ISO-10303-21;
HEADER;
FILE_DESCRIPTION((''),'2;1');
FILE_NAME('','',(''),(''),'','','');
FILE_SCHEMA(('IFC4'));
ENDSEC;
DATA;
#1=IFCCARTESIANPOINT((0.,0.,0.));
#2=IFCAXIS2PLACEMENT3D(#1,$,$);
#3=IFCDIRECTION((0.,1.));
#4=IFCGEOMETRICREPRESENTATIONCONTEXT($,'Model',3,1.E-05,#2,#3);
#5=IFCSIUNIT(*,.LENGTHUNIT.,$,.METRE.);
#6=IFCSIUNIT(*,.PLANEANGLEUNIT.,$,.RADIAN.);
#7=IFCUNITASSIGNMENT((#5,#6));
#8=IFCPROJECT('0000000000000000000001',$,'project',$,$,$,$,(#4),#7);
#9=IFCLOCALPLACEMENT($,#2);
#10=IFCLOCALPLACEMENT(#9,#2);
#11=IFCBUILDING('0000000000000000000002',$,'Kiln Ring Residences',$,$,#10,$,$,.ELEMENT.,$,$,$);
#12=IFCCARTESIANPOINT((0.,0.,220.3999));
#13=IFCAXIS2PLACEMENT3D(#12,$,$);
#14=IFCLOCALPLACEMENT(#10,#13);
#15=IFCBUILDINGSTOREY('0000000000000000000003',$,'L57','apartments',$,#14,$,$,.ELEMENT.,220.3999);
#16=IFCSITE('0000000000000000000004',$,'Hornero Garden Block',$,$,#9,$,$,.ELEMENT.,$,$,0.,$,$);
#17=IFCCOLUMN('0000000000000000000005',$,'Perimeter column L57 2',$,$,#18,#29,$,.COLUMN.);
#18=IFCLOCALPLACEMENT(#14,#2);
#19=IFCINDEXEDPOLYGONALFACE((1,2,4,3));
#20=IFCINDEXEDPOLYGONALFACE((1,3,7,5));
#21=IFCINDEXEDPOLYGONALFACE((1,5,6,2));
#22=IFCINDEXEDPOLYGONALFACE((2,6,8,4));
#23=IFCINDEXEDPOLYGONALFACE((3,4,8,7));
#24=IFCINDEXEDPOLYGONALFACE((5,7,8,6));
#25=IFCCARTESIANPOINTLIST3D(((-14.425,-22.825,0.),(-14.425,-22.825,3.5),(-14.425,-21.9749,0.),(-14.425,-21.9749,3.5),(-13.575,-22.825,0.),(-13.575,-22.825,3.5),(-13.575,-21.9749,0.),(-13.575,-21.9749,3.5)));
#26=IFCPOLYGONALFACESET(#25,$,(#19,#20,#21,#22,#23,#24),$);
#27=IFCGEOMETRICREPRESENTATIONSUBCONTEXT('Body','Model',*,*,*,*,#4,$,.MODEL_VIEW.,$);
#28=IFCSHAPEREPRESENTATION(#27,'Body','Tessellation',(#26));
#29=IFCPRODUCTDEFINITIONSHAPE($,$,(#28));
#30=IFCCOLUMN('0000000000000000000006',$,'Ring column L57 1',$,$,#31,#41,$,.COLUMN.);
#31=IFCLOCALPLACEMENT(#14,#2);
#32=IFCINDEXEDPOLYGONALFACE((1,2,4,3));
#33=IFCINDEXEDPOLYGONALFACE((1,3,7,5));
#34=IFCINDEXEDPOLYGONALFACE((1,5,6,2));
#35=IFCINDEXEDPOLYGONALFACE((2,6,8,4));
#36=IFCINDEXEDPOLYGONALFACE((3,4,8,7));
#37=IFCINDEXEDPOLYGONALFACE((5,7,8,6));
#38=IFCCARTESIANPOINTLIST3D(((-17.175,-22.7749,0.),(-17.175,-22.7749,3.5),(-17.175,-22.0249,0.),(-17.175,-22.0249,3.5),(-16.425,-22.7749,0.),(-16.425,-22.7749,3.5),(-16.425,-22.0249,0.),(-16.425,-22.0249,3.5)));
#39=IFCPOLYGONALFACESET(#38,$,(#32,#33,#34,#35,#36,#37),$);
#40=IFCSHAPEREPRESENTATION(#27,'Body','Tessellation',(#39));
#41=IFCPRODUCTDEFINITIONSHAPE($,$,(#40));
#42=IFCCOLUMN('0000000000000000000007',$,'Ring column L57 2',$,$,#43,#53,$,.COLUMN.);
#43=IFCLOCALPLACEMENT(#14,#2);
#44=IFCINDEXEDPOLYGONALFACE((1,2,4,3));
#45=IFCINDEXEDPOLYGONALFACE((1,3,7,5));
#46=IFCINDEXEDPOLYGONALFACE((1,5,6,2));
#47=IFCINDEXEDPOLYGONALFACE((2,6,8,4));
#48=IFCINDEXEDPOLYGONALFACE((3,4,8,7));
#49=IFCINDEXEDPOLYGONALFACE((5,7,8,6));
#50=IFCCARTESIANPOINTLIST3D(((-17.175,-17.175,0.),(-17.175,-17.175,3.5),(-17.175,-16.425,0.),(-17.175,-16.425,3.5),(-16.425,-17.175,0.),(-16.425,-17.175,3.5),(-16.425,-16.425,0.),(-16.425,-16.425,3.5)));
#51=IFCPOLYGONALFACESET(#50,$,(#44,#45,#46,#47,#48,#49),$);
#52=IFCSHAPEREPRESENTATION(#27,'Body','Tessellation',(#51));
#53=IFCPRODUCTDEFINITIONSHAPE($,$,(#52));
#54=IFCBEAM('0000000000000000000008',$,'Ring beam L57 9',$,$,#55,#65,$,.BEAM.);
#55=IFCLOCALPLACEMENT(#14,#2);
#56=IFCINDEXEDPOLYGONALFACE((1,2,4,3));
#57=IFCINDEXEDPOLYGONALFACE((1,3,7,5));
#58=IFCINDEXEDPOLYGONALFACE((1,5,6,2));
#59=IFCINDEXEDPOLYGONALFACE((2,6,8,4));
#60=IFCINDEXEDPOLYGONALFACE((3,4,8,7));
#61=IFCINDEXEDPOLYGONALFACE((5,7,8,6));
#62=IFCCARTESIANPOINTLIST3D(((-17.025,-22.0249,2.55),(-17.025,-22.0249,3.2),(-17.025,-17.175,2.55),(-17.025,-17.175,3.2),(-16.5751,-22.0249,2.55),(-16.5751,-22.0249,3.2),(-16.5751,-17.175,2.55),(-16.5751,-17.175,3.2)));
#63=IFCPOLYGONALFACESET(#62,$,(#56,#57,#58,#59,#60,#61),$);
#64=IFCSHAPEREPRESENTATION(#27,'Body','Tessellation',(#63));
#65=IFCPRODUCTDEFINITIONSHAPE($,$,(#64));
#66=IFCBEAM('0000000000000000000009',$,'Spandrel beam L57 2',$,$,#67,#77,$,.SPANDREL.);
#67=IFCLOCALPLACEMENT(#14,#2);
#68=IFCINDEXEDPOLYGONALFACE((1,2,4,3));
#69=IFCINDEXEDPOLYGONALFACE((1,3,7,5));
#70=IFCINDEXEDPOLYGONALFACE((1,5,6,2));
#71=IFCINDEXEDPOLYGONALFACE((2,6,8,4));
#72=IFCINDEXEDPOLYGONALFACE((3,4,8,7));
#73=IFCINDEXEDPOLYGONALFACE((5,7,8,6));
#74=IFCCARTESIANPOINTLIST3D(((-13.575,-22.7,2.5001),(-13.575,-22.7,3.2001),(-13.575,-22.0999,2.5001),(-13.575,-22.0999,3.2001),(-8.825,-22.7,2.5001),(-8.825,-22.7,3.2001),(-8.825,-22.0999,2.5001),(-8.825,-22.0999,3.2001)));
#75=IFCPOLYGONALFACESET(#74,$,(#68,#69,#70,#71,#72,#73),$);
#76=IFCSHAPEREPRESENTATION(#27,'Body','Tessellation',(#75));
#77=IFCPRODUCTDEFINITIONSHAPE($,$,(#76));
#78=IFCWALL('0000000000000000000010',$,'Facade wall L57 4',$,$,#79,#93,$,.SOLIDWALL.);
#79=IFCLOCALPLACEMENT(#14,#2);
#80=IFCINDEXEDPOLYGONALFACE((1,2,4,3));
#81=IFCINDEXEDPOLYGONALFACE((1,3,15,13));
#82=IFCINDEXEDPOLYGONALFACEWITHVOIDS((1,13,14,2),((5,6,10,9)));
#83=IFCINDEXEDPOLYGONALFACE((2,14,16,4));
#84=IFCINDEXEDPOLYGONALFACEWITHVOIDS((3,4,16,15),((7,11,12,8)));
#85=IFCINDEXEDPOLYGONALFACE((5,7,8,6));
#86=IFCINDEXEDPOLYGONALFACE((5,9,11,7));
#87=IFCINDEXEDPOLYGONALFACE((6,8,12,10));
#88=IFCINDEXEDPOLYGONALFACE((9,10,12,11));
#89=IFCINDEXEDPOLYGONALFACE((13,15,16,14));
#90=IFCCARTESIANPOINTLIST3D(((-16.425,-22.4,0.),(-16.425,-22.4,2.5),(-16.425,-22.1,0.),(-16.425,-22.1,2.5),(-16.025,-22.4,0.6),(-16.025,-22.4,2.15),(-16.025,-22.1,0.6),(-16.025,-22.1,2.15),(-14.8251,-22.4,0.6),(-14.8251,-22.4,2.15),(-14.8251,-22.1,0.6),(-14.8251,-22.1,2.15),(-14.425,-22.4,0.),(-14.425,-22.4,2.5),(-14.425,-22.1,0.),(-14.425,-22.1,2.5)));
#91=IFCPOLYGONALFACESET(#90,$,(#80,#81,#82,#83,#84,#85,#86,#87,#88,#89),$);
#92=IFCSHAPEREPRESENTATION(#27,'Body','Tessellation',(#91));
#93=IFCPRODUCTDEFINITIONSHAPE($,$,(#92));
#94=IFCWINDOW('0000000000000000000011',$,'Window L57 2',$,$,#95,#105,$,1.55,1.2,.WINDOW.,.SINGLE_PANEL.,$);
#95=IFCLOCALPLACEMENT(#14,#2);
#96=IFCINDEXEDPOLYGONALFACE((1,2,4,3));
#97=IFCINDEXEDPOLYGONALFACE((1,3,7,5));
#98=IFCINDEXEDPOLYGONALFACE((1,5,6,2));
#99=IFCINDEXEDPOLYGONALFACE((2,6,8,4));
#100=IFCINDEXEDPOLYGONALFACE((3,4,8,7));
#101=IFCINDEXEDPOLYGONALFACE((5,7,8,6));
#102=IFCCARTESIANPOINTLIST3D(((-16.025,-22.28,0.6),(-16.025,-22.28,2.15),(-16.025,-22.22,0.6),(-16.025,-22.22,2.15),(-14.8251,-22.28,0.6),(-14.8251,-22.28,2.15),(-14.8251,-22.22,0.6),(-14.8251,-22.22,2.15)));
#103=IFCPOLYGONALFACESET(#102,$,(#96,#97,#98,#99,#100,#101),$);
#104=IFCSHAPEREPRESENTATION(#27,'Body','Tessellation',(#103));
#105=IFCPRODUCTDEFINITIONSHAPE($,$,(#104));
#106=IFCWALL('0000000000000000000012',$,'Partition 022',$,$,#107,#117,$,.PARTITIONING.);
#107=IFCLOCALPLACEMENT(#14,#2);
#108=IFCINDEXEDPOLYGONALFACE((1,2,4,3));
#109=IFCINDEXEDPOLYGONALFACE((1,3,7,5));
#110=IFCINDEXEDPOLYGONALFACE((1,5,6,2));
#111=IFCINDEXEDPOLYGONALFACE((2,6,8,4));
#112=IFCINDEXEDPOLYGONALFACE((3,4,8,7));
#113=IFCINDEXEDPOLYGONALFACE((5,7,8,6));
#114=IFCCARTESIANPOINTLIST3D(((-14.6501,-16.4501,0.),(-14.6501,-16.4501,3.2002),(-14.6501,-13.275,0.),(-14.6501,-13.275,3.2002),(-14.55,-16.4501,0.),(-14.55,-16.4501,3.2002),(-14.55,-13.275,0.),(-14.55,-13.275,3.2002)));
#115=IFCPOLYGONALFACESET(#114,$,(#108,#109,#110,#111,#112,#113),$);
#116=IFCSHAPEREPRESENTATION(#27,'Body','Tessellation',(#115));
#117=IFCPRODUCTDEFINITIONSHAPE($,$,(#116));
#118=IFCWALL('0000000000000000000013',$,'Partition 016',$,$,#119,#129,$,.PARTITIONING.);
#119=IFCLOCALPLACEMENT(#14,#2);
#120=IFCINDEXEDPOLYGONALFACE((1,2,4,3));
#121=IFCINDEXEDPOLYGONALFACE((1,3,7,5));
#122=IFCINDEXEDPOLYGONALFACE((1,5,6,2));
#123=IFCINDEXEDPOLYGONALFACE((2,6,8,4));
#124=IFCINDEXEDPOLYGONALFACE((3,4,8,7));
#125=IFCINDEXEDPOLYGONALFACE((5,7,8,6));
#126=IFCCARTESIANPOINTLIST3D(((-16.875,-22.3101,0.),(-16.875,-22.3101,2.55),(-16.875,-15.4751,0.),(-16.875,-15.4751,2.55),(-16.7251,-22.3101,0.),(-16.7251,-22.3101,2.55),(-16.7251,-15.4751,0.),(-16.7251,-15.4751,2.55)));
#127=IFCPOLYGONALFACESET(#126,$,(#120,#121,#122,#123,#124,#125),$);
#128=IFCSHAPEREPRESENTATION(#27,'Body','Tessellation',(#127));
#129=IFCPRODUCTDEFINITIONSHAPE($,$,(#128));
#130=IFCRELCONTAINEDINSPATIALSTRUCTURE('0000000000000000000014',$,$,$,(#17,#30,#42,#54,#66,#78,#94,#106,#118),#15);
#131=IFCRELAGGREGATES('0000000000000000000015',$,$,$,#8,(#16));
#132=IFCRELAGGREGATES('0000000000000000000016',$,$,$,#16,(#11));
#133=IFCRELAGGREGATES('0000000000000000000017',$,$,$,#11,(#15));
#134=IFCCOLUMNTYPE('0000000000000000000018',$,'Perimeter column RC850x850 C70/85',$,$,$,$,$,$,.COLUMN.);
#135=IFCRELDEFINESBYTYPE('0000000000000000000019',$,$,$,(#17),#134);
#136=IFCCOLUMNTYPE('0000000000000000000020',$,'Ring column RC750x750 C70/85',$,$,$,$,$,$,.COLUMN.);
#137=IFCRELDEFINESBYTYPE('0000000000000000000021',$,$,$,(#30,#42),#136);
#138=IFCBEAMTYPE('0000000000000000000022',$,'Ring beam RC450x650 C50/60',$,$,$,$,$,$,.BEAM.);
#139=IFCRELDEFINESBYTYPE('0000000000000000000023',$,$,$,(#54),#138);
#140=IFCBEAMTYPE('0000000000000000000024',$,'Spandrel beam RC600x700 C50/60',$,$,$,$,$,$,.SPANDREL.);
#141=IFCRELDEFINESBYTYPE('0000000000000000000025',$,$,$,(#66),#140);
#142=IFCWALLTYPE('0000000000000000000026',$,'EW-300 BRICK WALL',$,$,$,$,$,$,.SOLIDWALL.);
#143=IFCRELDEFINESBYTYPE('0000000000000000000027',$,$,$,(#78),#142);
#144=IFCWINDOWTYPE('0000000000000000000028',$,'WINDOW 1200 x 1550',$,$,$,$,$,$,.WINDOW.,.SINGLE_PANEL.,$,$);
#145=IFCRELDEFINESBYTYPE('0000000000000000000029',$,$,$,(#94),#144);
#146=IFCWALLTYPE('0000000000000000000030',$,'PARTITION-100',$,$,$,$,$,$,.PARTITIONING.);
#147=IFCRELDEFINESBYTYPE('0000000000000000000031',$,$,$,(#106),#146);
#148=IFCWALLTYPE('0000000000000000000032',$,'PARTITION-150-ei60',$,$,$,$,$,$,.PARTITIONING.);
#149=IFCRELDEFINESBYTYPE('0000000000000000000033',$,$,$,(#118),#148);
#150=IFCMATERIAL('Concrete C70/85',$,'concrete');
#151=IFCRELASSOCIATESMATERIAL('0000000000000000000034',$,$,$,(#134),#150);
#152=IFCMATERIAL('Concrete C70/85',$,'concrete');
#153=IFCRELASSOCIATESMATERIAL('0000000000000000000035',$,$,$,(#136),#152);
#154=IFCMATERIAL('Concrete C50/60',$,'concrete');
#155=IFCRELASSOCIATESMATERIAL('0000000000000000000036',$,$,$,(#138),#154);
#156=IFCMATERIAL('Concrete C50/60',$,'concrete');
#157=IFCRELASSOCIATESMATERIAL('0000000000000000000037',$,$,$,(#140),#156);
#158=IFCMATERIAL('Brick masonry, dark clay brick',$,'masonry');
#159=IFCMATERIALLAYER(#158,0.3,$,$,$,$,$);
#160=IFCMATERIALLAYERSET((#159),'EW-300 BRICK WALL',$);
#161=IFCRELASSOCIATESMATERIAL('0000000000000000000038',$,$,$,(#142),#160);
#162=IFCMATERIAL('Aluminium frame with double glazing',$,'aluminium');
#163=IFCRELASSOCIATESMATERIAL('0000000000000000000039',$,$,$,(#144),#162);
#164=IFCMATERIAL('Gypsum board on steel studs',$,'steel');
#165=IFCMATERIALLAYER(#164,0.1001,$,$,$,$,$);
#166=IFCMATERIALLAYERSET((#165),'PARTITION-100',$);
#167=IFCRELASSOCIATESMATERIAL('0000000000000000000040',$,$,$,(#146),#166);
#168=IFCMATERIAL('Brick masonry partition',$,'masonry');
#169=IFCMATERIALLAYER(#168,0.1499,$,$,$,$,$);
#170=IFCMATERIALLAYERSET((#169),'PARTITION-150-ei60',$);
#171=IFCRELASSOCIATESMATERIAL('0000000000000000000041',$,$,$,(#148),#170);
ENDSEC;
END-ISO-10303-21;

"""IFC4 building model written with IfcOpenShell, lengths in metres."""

from ifc_helpers import new_model, si_unit, direction, frame, frame_2d, origin, origin_2d, place, context, subcontext, project, spatial, rectangle, extrude, material, layer, layer_set, material_profile, profile_set, type_object, element, fill, save


model = new_model("IFC4")

# Units and contexts
model_context = context("Model", 3, precision=1e-05, world=origin(), true_north=direction((0.0, 1.0)))
body_context = subcontext(model_context, "Body", "Model", "MODEL_VIEW")
ifc_project = project(units=[si_unit("LENGTHUNIT", "METRE"), si_unit("PLANEANGLEUNIT", "RADIAN")], contexts=[model_context])

# Site, building, storey
site_placement = place(None, origin())
site = spatial("IfcSite", under=ifc_project, at=site_placement, Name="Hornero Garden Block", CompositionType="ELEMENT", RefElevation=0.0)
building_placement = place(site_placement, origin())
building = spatial("IfcBuilding", under=site, at=building_placement, Name="Kiln Ring Residences", CompositionType="ELEMENT")
storey_placement = place(building_placement, frame((0.0, 0.0, 220.3999)))
storey = spatial("IfcBuildingStorey", under=building, at=storey_placement, Name="L57", Description="apartments", CompositionType="ELEMENT", Elevation=220.3999)

# Columns
ifc_material_1 = material(Name="Concrete C70/85", Category="concrete")
ifc_material_profile_1 = material_profile(ifc_material_1, rectangle(XDim=0.8501, YDim=0.8501, at=origin_2d()), Name="RC850x850")
ifc_profile_set_1 = profile_set([ifc_material_profile_1], Name="Concrete C70/85")
column_type_1 = type_object("IfcColumnType", Name="Perimeter column RC850x850 C70/85", PredefinedType="COLUMN", material=ifc_profile_set_1)
column_placement = place(storey_placement, frame((-14.0, -22.3999, 0.0), z_axis=(0.0, 0.0, 1.0), x_axis=(1.0, 0.0, 0.0)))
element("IfcColumn", 1, at=column_placement, inside=storey, type_object=column_type_1, Name="Perimeter column L57 2", PredefinedType="COLUMN", context=body_context, shape_type="SweptSolid", body=[
    extrude(rectangle(XDim=0.8501, YDim=0.8501, at=origin_2d()), origin(), (0.0, 0.0, 1.0), 3.5),
])
ifc_material_2 = material(Name="Concrete C70/85", Category="concrete")
ifc_material_profile_2 = material_profile(ifc_material_2, rectangle(XDim=0.75, YDim=0.75, at=origin_2d()), Name="RC750x750")
ifc_profile_set_2 = profile_set([ifc_material_profile_2], Name="Concrete C70/85")
column_type_2 = type_object("IfcColumnType", Name="Ring column RC750x750 C70/85", PredefinedType="COLUMN", material=ifc_profile_set_2)
for number, where, z_axis, x_axis, name in (
    (2, (-16.8, -22.3999, 0.0), (0.0, 0.0, 1.0), (1.0, 0.0, 0.0), "Ring column L57 1"),
    (3, (-16.8, -16.8, 0.0), (0.0, 0.0, 1.0), (1.0, 0.0, 0.0), "Ring column L57 2"),
):
    element("IfcColumn", number, at=place(storey_placement, frame(where, z_axis=z_axis, x_axis=x_axis)), inside=storey, type_object=column_type_2, Name=name, PredefinedType="COLUMN", context=body_context, shape_type="SweptSolid", body=[
        extrude(rectangle(XDim=0.75, YDim=0.75, at=origin_2d()), origin(), (0.0, 0.0, 1.0), 3.5),
    ])

# Beams
ifc_material_3 = material(Name="Concrete C50/60", Category="concrete")
ifc_material_profile_3 = material_profile(ifc_material_3, rectangle(XDim=0.45, YDim=0.6499, at=origin_2d()), Name="RC450x650")
ifc_profile_set_3 = profile_set([ifc_material_profile_3], Name="Concrete C50/60")
beam_type_1 = type_object("IfcBeamType", Name="Ring beam RC450x650 C50/60", PredefinedType="BEAM", material=ifc_profile_set_3)
beam_1_placement = place(storey_placement, frame((-16.8, -17.175, 2.875), z_axis=(0.0, -1.0, 0.0), x_axis=(1.0, 0.0, 0.0)))
element("IfcBeam", 4, at=beam_1_placement, inside=storey, type_object=beam_type_1, Name="Ring beam L57 9", PredefinedType="BEAM", context=body_context, shape_type="SweptSolid", body=[
    extrude(rectangle(XDim=0.45, YDim=0.6499, at=origin_2d()), origin(), (0.0, 0.0, 1.0), 4.8499),
])
ifc_material_4 = material(Name="Concrete C50/60", Category="concrete")
ifc_material_profile_4 = material_profile(ifc_material_4, rectangle(XDim=0.6001, YDim=0.7, at=origin_2d()), Name="RC600x700")
ifc_profile_set_4 = profile_set([ifc_material_profile_4], Name="Concrete C50/60")
beam_type_2 = type_object("IfcBeamType", Name="Spandrel beam RC600x700 C50/60", PredefinedType="SPANDREL", material=ifc_profile_set_4)
beam_2_placement = place(storey_placement, frame((-13.575, -22.3999, 2.8501), z_axis=(1.0, 0.0, 0.0), x_axis=(0.0, 1.0, 0.0)))
element("IfcBeam", 5, at=beam_2_placement, inside=storey, type_object=beam_type_2, Name="Spandrel beam L57 2", PredefinedType="SPANDREL", context=body_context, shape_type="SweptSolid", body=[
    extrude(rectangle(XDim=0.6001, YDim=0.7, at=origin_2d()), origin(), (0.0, 0.0, 1.0), 4.75),
])

# Wall, opening, window
ifc_material_5 = material(Name="Brick masonry, dark clay brick", Category="masonry")
ifc_layer_1 = layer(ifc_material_5, 0.3)
ifc_layer_set_1 = layer_set([ifc_layer_1], Name="EW-300 BRICK WALL")
wall_type_1 = type_object("IfcWallType", Name="EW-300 BRICK WALL", PredefinedType="SOLIDWALL", material=ifc_layer_set_1)
wall_1_placement = place(storey_placement, frame((-16.425, -22.25, 0.0), z_axis=(0.0, 0.0, 1.0), x_axis=(1.0, 0.0, 0.0)))
wall_1 = element("IfcWall", 6, at=wall_1_placement, inside=storey, type_object=wall_type_1, Name="Facade wall L57 4", PredefinedType="SOLIDWALL", context=body_context, shape_type="SweptSolid", body=[
    extrude(rectangle(XDim=2.0, YDim=0.3, at=frame_2d((1.0, 0.0))), origin(), (0.0, 0.0, 1.0), 2.5),
])
opening_1_placement = place(wall_1_placement, frame((0.3999, 0.0, 0.6001)))
opening_1 = element("IfcOpeningElement", 7, at=opening_1_placement, cuts=wall_1, PredefinedType="OPENING", context=body_context, shape_type="SweptSolid", body=[
    extrude(rectangle(XDim=1.2, YDim=1.55, at=frame_2d((0.6001, 0.7749))), frame((0.0, 0.1599, 0.0), z_axis=(0.0, -1.0, 0.0), x_axis=(1.0, 0.0, 0.0)), (0.0, 0.0, 1.0), 0.3201),
])
ifc_material_6 = material(Name="Aluminium frame with double glazing", Category="aluminium")
window_type = type_object("IfcWindowType", Name="WINDOW 1200 x 1550", PartitioningType="SINGLE_PANEL", PredefinedType="WINDOW", material=ifc_material_6)
window_placement = place(opening_1_placement, origin())
window = element("IfcWindow", 8, at=window_placement, inside=storey, type_object=window_type, Name="Window L57 2", OverallHeight=1.55, OverallWidth=1.2, PartitioningType="SINGLE_PANEL", PredefinedType="WINDOW", context=body_context, shape_type="SweptSolid", body=[
    extrude(rectangle(XDim=1.2, YDim=1.55, at=frame_2d((0.6001, 0.7749))), frame((0.0, 0.03, 0.0), z_axis=(0.0, -1.0, 0.0), x_axis=(1.0, 0.0, 0.0)), (0.0, 0.0, 1.0), 0.0601),
])
fill(opening_1, window)

# Shared definitions
ifc_material_7 = material(Name="Gypsum board on steel studs", Category="steel")
ifc_layer_2 = layer(ifc_material_7, 0.1001)
ifc_layer_set_2 = layer_set([ifc_layer_2], Name="PARTITION-100")
wall_type_2 = type_object("IfcWallType", Name="PARTITION-100", PredefinedType="PARTITIONING", material=ifc_layer_set_2)

# Walls
wall_2_placement = place(storey_placement, frame((-14.6001, -16.45, 0.0), z_axis=(0.0, 0.0, 1.0), x_axis=(0.0, 1.0, 0.0)))
element("IfcWall", 9, at=wall_2_placement, inside=storey, type_object=wall_type_2, Name="Partition 022", PredefinedType="PARTITIONING", context=body_context, shape_type="SweptSolid", body=[
    extrude(rectangle(XDim=3.175, YDim=0.1001, at=frame_2d((1.5874, 0.0))), origin(), (0.0, 0.0, 1.0), 3.2002),
])
ifc_material_8 = material(Name="Brick masonry partition", Category="masonry")
ifc_layer_3 = layer(ifc_material_8, 0.1499)
ifc_layer_set_3 = layer_set([ifc_layer_3], Name="PARTITION-150-ei60")
wall_type_3 = type_object("IfcWallType", Name="PARTITION-150-ei60", PredefinedType="PARTITIONING", material=ifc_layer_set_3)
wall_3_placement = place(storey_placement, frame((-16.8, -22.3101, 0.0), z_axis=(0.0, 0.0, 1.0), x_axis=(0.0, 1.0, 0.0)))
element("IfcWall", 10, at=wall_3_placement, inside=storey, type_object=wall_type_3, Name="Partition 016", PredefinedType="PARTITIONING", context=body_context, shape_type="SweptSolid", body=[
    extrude(rectangle(XDim=6.835, YDim=0.1499, at=frame_2d((3.4175, 0.0))), origin(), (0.0, 0.0, 1.0), 2.55),
])

save(model, "model.ifc")
